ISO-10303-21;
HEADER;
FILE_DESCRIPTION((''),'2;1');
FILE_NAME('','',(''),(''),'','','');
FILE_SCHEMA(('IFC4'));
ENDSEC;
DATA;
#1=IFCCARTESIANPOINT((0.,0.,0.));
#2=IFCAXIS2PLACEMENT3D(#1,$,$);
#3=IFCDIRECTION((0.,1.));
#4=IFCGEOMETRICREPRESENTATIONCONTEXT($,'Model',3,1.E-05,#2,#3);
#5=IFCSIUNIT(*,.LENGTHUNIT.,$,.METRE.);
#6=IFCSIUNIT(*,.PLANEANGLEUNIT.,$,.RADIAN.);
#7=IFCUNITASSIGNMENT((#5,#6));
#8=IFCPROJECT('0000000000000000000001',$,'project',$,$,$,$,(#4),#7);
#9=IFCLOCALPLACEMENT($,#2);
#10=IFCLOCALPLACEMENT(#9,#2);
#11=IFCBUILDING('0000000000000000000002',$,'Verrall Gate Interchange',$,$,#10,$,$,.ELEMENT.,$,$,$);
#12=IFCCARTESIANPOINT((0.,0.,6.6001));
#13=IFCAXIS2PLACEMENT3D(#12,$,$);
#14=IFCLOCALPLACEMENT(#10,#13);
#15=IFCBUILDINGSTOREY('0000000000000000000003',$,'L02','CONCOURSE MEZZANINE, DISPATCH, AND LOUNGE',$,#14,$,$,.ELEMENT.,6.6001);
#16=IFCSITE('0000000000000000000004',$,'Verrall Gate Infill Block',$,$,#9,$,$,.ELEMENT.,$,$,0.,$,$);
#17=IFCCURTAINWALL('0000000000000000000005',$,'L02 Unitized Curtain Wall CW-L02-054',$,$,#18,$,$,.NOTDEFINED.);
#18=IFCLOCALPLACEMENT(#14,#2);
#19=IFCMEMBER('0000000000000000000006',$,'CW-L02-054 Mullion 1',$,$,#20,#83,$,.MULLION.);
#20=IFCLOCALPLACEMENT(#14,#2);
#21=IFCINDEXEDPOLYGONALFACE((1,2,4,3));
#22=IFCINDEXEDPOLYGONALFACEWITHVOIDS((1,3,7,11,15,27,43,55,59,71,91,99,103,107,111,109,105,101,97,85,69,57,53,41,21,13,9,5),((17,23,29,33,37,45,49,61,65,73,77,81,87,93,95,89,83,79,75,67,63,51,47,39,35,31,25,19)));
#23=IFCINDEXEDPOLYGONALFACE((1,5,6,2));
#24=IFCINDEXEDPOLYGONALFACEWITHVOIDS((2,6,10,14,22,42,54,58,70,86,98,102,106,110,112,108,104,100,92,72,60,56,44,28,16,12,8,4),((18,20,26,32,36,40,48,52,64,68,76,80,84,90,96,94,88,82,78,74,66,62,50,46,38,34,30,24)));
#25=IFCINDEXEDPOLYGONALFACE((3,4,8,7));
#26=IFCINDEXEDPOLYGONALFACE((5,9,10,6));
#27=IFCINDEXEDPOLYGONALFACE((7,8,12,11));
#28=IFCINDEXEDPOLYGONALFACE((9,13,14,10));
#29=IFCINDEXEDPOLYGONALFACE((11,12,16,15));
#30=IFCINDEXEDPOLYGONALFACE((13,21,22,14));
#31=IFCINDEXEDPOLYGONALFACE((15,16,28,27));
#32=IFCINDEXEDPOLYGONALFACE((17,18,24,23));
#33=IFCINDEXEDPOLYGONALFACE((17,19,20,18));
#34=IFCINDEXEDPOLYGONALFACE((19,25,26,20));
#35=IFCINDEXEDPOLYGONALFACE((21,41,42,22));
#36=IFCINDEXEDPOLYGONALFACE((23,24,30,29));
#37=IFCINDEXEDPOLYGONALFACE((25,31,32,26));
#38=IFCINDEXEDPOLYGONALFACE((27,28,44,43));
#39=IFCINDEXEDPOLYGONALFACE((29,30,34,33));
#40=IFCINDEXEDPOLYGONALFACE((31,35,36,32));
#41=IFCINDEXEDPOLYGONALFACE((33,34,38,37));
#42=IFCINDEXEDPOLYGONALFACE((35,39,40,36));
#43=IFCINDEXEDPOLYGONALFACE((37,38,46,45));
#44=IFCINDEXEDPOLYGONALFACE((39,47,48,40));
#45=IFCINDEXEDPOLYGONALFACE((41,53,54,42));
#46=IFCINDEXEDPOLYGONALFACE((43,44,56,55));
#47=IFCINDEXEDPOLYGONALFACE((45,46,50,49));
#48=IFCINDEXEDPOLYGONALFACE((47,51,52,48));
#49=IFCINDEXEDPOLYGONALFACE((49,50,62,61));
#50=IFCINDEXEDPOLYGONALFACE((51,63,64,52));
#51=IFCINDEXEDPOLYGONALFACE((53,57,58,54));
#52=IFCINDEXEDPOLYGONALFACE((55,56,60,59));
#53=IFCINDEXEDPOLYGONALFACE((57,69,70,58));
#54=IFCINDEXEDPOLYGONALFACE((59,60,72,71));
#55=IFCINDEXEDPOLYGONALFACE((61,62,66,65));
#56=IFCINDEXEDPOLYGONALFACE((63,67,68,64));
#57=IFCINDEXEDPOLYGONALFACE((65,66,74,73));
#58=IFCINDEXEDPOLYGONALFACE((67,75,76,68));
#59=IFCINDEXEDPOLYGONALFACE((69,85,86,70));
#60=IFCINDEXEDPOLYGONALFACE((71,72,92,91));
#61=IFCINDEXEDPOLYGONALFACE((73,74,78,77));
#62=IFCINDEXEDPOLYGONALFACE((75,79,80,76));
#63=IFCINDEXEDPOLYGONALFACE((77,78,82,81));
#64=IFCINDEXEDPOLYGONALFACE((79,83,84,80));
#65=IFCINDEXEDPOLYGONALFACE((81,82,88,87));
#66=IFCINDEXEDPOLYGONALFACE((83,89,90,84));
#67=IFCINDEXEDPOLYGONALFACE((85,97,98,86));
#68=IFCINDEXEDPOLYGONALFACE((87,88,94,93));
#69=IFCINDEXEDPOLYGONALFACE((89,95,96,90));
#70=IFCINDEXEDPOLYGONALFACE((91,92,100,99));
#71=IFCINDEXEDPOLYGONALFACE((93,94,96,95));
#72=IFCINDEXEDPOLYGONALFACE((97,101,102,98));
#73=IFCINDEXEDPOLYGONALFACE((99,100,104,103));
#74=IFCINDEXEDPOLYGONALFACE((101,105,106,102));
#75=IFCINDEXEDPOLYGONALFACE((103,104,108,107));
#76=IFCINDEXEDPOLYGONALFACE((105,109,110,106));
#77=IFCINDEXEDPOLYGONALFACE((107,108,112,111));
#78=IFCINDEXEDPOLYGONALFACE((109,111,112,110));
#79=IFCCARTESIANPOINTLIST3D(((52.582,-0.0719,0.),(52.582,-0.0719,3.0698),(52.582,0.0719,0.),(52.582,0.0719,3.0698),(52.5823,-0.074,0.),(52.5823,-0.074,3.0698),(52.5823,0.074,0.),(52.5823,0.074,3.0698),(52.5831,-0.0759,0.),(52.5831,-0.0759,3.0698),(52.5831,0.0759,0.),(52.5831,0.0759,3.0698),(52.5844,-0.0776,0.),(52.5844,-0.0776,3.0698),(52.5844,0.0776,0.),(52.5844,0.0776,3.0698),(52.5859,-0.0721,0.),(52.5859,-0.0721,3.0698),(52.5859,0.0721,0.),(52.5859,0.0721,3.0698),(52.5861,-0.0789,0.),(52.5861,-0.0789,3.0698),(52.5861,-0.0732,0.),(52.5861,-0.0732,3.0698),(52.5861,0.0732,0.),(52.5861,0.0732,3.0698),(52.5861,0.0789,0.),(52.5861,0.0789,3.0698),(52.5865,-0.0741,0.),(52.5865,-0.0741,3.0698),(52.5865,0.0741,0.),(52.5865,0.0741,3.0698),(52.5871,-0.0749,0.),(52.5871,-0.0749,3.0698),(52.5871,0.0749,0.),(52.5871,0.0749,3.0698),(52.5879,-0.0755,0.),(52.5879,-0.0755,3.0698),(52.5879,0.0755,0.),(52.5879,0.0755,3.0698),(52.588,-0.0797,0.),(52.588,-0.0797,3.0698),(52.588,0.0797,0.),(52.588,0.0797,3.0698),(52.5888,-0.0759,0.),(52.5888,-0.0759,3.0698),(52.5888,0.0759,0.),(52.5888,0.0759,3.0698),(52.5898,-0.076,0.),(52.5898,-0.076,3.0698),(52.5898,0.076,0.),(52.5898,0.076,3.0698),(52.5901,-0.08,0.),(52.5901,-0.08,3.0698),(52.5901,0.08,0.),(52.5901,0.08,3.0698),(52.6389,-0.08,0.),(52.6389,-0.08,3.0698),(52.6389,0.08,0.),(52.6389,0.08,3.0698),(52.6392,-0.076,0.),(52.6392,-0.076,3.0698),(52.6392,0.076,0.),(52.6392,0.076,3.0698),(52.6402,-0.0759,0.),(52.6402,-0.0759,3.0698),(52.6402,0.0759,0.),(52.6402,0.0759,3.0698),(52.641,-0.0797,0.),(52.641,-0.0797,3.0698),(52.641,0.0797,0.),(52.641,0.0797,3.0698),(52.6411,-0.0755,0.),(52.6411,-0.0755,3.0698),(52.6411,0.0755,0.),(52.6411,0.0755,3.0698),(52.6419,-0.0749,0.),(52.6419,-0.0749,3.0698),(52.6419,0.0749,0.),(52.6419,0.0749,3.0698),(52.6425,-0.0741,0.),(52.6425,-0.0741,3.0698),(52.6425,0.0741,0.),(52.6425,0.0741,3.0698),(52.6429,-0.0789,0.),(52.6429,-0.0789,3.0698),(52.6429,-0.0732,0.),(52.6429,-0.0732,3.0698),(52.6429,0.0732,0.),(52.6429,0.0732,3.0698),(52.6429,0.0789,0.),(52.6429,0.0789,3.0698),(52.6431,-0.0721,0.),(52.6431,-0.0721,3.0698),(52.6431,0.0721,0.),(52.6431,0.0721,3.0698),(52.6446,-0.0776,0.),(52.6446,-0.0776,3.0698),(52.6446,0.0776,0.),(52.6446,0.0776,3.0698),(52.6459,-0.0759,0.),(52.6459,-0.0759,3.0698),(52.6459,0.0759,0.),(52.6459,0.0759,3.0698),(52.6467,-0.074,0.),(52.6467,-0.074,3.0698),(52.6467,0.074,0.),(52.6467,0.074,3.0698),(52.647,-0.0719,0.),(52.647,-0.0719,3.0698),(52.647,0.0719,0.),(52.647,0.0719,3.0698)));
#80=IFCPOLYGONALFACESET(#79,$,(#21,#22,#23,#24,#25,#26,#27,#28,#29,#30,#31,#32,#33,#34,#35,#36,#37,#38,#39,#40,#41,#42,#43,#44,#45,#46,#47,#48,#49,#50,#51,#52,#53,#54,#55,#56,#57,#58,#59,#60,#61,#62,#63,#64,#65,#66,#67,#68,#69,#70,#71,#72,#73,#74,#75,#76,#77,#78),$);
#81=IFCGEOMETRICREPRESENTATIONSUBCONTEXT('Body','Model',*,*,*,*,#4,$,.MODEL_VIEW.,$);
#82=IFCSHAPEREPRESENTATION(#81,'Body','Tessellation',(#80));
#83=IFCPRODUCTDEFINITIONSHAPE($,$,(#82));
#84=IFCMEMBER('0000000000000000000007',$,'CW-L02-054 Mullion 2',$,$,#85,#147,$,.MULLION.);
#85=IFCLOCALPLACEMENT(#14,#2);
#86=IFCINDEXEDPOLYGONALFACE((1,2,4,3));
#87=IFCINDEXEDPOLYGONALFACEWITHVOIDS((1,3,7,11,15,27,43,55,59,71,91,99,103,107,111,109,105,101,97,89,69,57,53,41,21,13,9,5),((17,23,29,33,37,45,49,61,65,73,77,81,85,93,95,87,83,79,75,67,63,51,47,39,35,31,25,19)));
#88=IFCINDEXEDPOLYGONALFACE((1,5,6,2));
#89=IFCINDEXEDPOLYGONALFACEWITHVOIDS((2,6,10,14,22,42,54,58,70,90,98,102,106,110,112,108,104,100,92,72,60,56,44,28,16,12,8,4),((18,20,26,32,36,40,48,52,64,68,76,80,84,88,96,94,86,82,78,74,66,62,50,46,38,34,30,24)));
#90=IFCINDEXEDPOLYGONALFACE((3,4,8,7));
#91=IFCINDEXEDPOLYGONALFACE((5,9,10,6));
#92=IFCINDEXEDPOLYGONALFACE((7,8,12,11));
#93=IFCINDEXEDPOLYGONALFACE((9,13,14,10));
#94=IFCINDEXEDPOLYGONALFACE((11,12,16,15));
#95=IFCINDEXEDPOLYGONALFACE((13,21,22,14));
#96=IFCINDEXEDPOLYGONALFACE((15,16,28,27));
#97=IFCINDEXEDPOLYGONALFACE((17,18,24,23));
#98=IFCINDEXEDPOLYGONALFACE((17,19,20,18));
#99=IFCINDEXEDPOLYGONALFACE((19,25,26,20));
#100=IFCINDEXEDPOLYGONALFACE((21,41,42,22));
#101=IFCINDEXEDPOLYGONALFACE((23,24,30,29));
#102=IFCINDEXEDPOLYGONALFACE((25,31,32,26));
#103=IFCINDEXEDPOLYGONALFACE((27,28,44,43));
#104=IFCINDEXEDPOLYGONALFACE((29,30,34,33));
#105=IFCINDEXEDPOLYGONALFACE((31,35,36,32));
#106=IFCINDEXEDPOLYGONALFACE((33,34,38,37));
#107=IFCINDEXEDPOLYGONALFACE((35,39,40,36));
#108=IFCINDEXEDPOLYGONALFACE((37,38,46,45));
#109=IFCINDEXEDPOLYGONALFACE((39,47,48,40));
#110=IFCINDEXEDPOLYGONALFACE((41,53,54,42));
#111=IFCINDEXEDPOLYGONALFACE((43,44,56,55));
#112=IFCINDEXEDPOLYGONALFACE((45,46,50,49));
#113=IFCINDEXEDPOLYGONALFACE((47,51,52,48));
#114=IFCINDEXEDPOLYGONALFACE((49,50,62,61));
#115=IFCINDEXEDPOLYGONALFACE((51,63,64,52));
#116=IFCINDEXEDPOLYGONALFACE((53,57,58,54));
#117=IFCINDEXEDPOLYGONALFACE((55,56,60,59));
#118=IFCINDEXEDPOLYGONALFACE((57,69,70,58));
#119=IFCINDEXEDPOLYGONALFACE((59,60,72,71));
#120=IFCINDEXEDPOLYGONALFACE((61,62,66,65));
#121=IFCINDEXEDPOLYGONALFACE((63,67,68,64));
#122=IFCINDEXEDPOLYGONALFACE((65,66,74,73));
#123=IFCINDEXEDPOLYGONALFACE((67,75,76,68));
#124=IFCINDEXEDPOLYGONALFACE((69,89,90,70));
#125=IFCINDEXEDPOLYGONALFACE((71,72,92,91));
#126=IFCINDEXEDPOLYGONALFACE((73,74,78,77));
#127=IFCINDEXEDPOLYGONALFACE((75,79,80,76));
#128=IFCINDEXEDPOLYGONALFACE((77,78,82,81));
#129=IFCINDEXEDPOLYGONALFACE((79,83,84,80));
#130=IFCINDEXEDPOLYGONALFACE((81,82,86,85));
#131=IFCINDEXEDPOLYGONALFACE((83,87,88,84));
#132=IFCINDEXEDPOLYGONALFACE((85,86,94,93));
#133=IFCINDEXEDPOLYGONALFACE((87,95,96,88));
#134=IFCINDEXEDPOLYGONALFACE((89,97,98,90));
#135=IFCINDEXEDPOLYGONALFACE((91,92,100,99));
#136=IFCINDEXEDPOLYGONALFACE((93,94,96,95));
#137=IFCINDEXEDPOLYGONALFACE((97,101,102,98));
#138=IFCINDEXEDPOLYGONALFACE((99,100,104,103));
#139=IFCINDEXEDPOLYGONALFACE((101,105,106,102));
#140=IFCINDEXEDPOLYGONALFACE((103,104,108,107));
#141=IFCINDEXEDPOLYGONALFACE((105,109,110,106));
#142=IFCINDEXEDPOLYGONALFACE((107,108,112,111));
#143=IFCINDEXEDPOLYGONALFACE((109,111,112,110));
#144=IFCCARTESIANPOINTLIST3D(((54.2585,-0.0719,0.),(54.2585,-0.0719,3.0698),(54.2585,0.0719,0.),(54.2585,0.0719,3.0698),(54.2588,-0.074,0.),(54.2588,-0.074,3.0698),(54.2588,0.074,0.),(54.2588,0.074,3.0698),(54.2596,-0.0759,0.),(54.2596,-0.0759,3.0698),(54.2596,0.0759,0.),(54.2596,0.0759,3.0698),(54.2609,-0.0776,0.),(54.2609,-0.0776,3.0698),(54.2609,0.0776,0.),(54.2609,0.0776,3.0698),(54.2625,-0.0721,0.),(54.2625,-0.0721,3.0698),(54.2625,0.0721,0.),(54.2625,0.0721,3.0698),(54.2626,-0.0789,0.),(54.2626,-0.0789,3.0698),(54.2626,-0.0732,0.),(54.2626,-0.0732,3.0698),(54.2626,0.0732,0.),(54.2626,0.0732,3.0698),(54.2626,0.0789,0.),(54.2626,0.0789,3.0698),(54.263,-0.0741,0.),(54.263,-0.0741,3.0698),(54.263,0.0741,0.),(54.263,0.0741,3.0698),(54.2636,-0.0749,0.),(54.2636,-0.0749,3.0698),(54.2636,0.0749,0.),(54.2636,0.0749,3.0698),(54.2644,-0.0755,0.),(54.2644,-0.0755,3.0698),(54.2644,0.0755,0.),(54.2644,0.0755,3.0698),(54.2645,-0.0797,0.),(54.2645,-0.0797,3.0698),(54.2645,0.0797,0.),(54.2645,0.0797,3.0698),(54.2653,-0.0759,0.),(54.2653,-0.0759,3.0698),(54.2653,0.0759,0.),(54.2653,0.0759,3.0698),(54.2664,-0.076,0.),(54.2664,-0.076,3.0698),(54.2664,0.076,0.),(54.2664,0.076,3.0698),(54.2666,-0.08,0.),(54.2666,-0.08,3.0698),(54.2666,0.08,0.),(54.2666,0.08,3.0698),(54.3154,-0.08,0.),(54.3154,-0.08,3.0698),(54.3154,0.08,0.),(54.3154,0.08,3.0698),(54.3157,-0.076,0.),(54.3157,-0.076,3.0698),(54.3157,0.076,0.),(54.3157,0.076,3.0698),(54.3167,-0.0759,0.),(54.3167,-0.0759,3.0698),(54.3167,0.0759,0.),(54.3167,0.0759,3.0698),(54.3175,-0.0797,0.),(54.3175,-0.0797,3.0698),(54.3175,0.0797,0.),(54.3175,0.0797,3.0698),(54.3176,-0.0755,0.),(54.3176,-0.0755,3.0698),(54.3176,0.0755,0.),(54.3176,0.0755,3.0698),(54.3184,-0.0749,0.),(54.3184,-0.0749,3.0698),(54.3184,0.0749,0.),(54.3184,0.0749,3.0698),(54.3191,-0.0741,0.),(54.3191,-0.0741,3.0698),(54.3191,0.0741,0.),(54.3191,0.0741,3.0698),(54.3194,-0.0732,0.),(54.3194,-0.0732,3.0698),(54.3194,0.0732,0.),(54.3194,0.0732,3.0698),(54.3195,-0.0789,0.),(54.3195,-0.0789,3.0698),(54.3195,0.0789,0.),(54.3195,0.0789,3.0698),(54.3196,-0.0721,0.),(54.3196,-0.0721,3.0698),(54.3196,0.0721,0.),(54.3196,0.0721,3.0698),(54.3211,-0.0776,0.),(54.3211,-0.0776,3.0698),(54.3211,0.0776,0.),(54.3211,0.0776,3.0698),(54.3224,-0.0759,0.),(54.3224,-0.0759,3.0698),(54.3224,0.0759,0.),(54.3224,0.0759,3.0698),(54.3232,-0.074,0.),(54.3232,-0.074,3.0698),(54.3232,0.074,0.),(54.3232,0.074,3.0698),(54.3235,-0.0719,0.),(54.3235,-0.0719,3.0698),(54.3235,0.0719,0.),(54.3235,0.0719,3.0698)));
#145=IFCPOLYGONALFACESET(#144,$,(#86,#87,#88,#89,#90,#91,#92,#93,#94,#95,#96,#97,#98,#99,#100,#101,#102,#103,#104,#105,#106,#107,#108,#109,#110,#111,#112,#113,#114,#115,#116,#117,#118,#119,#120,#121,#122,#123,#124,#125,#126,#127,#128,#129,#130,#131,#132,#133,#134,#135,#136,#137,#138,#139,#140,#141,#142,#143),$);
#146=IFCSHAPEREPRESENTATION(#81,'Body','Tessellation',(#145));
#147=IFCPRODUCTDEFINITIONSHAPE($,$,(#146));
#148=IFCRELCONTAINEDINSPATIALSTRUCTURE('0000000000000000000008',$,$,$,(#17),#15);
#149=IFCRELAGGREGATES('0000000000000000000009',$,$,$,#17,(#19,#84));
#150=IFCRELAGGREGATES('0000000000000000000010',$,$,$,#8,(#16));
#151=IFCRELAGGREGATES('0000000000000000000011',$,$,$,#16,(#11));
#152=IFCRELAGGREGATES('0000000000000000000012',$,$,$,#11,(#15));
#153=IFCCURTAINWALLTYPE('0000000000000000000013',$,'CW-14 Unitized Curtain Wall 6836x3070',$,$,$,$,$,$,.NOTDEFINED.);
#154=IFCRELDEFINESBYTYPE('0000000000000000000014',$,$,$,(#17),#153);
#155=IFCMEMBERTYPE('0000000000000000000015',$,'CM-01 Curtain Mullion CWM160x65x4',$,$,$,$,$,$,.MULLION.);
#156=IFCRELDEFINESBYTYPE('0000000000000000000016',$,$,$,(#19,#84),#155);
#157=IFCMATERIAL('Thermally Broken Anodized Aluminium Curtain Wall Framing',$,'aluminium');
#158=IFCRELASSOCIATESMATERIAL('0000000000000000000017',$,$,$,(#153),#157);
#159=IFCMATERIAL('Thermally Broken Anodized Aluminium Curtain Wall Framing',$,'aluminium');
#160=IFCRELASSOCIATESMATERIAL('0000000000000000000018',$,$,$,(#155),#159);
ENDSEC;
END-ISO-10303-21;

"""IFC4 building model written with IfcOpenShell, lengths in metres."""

from ifc_helpers import new_model, si_unit, direction, frame, origin, origin_2d, place, context, subcontext, project, spatial, hollow_rectangle, extrude, material, material_profile, profile_set, type_object, element, aggregate, save


model = new_model("IFC4")

# Units and contexts
model_context = context("Model", 3, precision=1e-05, world=origin(), true_north=direction((0.0, 1.0)))
body_context = subcontext(model_context, "Body", "Model", "MODEL_VIEW")
ifc_project = project(units=[si_unit("LENGTHUNIT", "METRE"), si_unit("PLANEANGLEUNIT", "RADIAN")], contexts=[model_context])

# Site, building, storey
site_placement = place(None, origin())
site = spatial("IfcSite", under=ifc_project, at=site_placement, Name="Verrall Gate Infill Block", CompositionType="ELEMENT", RefElevation=0.0)
building_placement = place(site_placement, origin())
building = spatial("IfcBuilding", under=site, at=building_placement, Name="Verrall Gate Interchange", CompositionType="ELEMENT")
storey_placement = place(building_placement, frame((0.0, 0.0, 6.6001)))
storey = spatial("IfcBuildingStorey", under=building, at=storey_placement, Name="L02", Description="CONCOURSE MEZZANINE, DISPATCH, AND LOUNGE", CompositionType="ELEMENT", Elevation=6.6001)

# Curtain wall, members
ifc_material_1 = material(Name="Thermally Broken Anodized Aluminium Curtain Wall Framing", Category="aluminium")
curtain_wall_type = type_object("IfcCurtainWallType", Name="CW-14 Unitized Curtain Wall 6836x3070", PredefinedType="NOTDEFINED", material=ifc_material_1)
curtain_wall_1_placement = place(storey_placement, origin())
curtain_wall_1 = element("IfcCurtainWall", 1, at=curtain_wall_1_placement, inside=storey, type_object=curtain_wall_type, Name="L02 Unitized Curtain Wall CW-L02-054", PredefinedType="NOTDEFINED")
ifc_material_2 = material(Name="Thermally Broken Anodized Aluminium Curtain Wall Framing", Category="aluminium")
ifc_material_profile_1 = material_profile(ifc_material_2, hollow_rectangle(XDim=0.0649, YDim=0.1599, WallThickness=0.0039, InnerFilletRadius=0.0039, OuterFilletRadius=0.0081, at=origin_2d()), Name="CWM160x65x4")
ifc_profile_set_1 = profile_set([ifc_material_profile_1], Name="Thermally Broken Anodized Aluminium Curtain Wall Framing")
member_type_1 = type_object("IfcMemberType", Name="CM-01 Curtain Mullion CWM160x65x4", PredefinedType="MULLION", material=ifc_profile_set_1)
member_1_placement = place(storey_placement, frame((52.6145, 0.0, 0.0), z_axis=(0.0, 0.0, 1.0), x_axis=(1.0, 0.0, 0.0)))
member_1 = element("IfcMember", 2, at=member_1_placement, type_object=member_type_1, Name="CW-L02-054 Mullion 1", PredefinedType="MULLION", context=body_context, shape_type="SweptSolid", body=[
    extrude(hollow_rectangle(XDim=0.0649, YDim=0.1599, WallThickness=0.0039, InnerFilletRadius=0.0039, OuterFilletRadius=0.0081, at=origin_2d()), origin(), (0.0, 0.0, 1.0), 3.0698),
])
member_2_placement = place(storey_placement, frame((54.291, 0.0, 0.0), z_axis=(0.0, 0.0, 1.0), x_axis=(1.0, 0.0, 0.0)))
member_2 = element("IfcMember", 3, at=member_2_placement, type_object=member_type_1, Name="CW-L02-054 Mullion 2", PredefinedType="MULLION", context=body_context, shape_type="SweptSolid", body=[
    extrude(hollow_rectangle(XDim=0.0649, YDim=0.1599, WallThickness=0.0039, InnerFilletRadius=0.0039, OuterFilletRadius=0.0081, at=origin_2d()), origin(), (0.0, 0.0, 1.0), 3.0698),
])

aggregate(curtain_wall_1, [member_1, member_2])

save(model, "model.ifc")
